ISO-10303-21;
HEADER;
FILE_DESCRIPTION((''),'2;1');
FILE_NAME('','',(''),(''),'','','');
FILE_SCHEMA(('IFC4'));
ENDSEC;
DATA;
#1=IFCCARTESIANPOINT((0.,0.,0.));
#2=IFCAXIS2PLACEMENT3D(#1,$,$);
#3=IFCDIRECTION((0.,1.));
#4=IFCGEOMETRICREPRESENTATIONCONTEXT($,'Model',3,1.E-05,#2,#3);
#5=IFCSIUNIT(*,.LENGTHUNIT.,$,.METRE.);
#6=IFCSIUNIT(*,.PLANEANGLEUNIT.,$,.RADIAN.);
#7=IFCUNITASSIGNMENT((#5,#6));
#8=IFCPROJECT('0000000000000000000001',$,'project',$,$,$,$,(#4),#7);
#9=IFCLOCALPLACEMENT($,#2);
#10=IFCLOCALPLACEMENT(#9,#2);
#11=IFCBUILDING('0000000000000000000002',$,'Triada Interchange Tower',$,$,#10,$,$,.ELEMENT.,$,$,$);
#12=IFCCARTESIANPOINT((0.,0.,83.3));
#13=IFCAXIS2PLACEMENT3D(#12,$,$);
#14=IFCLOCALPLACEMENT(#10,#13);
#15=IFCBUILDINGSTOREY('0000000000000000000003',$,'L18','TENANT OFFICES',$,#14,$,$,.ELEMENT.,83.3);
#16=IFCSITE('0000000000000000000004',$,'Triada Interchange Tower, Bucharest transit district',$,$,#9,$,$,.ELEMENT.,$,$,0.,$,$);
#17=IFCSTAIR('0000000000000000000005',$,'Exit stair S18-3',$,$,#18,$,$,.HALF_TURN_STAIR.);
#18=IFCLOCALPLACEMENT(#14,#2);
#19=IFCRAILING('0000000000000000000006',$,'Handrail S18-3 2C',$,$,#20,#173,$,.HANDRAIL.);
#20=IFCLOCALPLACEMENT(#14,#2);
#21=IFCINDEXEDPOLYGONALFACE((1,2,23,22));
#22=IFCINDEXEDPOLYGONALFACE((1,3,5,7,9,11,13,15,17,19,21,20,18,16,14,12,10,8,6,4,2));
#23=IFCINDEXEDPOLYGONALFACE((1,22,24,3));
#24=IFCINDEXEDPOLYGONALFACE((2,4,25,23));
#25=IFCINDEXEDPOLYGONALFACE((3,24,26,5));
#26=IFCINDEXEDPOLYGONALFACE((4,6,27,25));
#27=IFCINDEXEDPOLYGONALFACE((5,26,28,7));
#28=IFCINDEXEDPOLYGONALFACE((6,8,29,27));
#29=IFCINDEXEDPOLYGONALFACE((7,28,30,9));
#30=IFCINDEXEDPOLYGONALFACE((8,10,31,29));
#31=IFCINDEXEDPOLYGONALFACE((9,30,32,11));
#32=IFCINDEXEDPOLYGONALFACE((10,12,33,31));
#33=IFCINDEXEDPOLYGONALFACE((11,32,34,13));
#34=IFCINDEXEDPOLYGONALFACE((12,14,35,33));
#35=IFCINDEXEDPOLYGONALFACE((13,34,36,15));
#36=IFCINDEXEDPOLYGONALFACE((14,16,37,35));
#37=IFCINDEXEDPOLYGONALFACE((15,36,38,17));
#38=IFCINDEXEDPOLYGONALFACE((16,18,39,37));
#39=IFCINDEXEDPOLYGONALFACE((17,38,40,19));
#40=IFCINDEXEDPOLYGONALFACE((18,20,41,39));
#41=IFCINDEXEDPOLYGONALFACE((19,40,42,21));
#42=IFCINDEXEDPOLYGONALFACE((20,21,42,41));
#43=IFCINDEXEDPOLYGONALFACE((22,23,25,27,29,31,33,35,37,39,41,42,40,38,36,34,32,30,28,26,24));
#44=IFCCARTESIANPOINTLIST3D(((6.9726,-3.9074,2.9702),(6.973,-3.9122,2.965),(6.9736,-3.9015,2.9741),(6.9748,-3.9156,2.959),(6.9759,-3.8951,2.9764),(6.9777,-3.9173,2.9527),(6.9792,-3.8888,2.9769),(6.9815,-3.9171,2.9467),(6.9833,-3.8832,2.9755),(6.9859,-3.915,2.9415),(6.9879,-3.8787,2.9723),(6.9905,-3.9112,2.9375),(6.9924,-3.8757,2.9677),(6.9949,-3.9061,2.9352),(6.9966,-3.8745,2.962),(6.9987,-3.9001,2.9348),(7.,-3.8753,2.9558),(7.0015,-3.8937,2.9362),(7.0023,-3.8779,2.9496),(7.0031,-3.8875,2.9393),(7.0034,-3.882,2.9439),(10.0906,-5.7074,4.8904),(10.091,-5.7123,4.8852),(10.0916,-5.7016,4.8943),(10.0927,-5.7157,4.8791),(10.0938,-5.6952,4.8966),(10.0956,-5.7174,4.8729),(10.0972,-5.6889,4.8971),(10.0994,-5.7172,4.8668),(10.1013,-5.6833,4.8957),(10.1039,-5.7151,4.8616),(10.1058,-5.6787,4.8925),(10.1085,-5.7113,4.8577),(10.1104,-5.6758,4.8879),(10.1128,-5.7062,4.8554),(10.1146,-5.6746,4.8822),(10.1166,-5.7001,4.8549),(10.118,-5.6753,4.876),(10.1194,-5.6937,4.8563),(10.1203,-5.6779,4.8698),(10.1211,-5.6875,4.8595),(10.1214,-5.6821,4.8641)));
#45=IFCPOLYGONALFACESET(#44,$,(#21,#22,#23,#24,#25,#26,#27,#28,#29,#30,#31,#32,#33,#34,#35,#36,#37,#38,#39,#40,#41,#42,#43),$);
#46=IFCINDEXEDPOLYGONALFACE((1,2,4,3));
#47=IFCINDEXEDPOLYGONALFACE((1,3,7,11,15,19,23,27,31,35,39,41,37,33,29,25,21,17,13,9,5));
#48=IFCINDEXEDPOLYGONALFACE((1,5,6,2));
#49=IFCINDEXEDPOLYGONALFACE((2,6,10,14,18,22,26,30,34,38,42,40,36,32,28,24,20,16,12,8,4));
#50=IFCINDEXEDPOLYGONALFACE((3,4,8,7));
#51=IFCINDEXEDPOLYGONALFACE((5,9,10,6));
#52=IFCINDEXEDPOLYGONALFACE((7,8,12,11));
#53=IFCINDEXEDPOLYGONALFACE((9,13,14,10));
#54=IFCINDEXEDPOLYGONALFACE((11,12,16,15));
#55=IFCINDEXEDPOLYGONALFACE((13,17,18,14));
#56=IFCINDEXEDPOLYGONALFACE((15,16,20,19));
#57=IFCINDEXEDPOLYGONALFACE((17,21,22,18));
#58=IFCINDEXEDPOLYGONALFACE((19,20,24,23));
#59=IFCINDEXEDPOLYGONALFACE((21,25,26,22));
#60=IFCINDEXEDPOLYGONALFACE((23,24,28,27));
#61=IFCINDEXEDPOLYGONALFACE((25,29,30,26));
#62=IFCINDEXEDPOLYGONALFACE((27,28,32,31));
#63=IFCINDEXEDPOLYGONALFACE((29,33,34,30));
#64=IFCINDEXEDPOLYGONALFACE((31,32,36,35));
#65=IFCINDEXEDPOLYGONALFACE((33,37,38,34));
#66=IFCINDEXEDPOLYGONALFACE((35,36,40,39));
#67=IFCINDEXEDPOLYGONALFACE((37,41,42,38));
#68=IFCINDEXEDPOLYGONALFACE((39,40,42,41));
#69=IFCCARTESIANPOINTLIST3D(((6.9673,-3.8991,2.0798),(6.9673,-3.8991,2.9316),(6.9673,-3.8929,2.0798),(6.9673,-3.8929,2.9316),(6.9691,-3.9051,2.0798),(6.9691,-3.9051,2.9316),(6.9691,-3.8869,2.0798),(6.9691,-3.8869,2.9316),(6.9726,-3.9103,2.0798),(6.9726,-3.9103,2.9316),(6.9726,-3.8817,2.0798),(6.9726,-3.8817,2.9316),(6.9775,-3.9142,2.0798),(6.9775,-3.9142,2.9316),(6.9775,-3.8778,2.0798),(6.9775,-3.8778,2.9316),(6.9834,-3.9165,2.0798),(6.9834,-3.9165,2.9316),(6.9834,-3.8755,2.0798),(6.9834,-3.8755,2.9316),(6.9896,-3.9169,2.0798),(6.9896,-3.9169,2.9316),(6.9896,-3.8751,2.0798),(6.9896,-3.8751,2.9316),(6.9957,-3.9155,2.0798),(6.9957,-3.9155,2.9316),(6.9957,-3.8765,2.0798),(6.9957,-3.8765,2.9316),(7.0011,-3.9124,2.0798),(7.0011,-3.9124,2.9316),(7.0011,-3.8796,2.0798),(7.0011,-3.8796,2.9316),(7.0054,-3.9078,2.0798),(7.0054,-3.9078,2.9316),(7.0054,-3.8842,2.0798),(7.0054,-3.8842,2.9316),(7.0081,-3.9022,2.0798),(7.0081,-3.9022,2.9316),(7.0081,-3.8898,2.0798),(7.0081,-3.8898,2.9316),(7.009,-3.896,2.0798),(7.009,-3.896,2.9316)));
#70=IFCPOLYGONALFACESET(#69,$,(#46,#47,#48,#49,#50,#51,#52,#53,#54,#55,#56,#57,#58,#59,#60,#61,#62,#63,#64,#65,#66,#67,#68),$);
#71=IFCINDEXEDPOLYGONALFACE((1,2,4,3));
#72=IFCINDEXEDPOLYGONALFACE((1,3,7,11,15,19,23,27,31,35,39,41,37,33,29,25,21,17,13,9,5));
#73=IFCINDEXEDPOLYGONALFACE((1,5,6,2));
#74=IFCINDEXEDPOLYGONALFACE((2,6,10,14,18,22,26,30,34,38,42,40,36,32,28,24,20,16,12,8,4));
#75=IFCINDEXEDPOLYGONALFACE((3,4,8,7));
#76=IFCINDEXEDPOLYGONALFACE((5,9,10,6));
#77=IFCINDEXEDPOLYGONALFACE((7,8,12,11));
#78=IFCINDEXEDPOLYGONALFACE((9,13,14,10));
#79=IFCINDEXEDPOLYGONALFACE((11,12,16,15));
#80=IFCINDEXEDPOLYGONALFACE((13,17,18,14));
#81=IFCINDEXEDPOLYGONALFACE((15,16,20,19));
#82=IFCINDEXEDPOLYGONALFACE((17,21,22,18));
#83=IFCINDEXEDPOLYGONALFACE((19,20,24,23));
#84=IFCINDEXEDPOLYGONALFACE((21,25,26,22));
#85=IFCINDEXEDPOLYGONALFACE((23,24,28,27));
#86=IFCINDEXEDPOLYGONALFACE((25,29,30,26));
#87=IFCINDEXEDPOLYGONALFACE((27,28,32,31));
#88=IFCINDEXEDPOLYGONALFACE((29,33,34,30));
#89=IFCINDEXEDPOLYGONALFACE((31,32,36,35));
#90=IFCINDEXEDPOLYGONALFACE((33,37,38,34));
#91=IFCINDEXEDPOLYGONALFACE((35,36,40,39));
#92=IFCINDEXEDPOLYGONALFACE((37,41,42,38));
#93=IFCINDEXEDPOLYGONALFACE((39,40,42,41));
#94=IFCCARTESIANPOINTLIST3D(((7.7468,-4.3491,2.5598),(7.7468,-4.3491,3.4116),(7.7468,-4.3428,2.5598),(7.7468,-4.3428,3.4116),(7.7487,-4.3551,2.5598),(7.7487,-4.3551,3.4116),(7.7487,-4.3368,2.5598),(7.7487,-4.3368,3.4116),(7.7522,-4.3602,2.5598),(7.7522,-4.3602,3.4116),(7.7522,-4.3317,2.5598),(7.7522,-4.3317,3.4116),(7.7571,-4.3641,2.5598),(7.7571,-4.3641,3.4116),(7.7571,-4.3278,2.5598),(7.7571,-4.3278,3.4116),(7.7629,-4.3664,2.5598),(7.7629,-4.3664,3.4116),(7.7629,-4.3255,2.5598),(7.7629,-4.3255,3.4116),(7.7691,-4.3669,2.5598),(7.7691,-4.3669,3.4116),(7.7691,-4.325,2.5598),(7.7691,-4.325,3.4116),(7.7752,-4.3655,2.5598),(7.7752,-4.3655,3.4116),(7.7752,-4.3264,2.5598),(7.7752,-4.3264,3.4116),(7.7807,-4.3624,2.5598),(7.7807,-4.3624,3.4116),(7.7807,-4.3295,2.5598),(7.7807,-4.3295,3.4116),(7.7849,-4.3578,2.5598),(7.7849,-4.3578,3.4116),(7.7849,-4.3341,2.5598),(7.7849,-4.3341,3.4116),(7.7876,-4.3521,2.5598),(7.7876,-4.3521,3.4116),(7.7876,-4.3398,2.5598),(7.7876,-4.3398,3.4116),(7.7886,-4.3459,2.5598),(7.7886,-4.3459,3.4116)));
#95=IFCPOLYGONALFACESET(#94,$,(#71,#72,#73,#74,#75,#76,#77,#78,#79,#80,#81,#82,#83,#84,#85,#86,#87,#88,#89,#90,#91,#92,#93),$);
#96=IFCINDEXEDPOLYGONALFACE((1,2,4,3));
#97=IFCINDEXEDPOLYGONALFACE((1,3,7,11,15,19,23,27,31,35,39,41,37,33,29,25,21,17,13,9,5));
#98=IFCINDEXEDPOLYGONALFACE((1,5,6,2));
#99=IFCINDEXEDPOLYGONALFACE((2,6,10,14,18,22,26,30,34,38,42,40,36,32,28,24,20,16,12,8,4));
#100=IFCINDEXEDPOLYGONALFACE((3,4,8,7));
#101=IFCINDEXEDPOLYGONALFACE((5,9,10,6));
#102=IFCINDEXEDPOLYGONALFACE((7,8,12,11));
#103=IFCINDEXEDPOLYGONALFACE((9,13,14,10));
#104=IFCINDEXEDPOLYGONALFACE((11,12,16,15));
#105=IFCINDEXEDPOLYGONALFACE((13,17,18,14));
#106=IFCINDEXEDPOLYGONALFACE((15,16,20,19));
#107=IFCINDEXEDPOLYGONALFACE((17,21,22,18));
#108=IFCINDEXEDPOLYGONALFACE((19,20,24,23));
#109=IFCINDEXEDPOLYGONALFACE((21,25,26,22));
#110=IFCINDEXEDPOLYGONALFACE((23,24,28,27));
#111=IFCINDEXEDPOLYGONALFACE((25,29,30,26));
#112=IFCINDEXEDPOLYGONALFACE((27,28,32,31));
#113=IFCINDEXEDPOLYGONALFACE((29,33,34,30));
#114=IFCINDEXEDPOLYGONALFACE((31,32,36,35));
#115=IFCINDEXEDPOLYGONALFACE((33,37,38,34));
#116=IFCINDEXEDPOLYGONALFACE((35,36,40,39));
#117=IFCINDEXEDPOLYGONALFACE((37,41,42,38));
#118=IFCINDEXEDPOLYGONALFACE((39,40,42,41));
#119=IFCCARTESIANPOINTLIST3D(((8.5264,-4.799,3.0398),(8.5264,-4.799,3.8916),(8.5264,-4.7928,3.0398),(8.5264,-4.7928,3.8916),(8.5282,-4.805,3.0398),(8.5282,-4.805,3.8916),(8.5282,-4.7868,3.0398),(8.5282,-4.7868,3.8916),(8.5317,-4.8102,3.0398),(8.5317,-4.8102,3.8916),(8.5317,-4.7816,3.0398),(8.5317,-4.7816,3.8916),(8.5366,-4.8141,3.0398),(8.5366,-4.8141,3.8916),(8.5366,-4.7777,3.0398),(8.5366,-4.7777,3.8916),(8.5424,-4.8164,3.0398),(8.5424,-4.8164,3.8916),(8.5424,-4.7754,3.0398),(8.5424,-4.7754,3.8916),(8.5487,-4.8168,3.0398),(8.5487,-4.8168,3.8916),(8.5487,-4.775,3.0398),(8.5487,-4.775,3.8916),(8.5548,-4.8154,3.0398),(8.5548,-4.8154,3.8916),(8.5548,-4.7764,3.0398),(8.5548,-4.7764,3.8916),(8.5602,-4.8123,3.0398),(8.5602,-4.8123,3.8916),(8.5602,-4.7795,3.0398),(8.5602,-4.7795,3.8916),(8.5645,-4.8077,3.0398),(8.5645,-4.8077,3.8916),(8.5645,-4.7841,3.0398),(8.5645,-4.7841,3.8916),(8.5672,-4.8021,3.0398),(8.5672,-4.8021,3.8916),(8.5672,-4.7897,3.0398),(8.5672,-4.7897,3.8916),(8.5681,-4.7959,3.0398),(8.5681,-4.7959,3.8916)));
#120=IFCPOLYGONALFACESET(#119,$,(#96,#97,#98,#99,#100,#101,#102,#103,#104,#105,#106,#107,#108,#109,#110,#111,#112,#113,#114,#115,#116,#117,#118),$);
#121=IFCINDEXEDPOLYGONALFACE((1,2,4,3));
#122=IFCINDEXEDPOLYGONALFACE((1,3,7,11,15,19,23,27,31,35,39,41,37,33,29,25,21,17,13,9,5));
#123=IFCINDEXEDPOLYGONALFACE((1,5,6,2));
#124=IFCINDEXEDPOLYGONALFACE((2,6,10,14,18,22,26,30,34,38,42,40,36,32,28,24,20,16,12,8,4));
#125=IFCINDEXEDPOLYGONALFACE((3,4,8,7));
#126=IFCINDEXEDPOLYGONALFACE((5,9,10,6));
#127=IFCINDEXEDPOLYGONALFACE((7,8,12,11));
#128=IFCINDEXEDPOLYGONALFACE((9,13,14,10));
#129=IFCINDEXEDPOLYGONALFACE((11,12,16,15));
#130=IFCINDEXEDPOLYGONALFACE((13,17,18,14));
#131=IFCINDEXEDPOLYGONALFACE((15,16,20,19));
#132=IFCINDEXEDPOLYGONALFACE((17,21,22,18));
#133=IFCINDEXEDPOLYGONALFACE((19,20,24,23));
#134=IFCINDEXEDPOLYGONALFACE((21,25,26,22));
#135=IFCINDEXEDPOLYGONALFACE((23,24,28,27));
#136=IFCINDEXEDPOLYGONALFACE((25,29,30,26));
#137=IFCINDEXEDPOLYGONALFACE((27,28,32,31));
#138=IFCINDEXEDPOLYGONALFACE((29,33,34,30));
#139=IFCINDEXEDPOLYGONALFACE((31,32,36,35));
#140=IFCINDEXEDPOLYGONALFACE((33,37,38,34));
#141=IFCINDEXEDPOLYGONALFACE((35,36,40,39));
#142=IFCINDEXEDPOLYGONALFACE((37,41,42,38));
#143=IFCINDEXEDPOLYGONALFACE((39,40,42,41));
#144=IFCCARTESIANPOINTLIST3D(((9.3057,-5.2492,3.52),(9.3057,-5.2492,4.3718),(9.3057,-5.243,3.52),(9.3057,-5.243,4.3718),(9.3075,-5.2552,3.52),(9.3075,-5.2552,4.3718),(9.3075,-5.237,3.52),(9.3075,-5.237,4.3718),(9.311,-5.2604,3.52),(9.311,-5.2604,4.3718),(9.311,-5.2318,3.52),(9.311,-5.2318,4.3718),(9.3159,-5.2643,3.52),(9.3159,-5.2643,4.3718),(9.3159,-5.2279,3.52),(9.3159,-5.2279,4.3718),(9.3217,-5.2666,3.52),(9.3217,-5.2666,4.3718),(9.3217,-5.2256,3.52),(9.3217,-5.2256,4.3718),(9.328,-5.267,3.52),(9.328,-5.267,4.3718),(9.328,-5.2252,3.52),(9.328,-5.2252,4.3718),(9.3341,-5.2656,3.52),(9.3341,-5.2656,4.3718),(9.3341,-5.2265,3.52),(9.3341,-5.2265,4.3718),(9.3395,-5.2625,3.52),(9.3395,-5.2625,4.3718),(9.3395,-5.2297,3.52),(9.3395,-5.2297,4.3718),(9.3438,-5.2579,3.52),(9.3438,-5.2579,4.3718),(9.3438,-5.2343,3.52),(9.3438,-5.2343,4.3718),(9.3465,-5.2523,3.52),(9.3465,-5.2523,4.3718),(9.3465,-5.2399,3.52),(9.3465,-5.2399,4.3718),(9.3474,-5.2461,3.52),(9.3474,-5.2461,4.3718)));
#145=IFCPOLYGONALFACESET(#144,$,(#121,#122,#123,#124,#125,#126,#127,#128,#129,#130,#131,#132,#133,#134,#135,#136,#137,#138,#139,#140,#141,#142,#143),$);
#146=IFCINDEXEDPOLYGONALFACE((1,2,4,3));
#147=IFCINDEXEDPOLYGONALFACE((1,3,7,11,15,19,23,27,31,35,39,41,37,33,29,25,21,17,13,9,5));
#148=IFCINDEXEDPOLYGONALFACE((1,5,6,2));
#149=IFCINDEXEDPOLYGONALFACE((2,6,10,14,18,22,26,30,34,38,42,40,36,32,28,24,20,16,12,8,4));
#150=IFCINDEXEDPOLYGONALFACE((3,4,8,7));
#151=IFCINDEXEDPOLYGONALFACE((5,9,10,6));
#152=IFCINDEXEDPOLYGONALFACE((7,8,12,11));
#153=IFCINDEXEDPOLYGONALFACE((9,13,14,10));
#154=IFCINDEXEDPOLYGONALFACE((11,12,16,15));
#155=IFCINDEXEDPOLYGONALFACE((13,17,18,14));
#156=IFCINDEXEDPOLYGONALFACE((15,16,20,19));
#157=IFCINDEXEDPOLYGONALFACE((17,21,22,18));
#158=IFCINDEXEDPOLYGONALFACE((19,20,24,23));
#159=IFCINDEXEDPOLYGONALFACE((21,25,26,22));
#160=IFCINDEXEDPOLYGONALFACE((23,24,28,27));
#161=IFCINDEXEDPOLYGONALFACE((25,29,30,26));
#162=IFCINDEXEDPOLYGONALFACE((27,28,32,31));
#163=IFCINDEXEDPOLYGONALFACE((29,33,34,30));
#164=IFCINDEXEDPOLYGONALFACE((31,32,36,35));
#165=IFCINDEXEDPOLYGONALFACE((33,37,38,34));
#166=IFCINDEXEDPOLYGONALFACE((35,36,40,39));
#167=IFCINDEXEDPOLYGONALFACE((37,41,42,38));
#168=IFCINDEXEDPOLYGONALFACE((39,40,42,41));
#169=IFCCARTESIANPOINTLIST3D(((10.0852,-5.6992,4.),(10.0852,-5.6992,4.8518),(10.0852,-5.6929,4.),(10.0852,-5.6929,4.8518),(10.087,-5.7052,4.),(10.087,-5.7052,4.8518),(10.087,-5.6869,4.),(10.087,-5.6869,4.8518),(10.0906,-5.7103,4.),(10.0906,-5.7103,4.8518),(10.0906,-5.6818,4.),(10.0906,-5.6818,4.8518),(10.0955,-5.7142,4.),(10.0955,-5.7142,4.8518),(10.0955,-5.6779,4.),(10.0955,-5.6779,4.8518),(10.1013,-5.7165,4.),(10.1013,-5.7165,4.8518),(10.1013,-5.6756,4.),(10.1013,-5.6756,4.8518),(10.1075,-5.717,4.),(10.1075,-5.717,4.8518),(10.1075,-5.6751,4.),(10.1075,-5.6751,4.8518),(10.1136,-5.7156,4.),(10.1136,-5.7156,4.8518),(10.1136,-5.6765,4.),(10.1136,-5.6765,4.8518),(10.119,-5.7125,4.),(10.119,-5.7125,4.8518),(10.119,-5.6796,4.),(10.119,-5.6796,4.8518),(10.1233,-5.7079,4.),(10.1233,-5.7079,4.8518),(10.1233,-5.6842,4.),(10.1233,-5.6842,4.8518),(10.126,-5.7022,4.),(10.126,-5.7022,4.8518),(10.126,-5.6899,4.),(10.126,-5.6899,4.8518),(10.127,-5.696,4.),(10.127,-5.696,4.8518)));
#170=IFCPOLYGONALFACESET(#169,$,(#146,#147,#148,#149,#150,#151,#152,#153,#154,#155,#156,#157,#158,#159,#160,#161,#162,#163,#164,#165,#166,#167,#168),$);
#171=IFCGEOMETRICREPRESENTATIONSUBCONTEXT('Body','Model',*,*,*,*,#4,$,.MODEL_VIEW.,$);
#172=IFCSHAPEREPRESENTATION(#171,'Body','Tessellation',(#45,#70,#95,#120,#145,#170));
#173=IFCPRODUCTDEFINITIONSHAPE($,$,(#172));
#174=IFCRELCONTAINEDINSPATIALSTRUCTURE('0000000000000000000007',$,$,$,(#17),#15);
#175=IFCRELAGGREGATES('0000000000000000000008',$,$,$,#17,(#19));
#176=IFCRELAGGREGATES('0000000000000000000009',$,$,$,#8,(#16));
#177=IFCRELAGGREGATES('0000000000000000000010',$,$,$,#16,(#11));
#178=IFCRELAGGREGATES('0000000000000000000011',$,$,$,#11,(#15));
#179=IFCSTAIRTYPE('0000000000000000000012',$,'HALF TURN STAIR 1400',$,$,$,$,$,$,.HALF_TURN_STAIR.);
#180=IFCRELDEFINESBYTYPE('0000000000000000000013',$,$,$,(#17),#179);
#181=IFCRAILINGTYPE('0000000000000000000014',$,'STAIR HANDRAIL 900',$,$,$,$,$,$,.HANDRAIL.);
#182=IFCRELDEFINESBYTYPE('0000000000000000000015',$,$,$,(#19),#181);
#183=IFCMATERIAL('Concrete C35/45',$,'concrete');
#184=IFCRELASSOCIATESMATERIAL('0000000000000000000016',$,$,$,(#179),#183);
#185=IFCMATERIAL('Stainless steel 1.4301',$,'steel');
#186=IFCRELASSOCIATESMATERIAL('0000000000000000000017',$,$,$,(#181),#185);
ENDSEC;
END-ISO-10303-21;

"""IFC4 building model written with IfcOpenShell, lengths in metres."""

from ifc_helpers import new_model, si_unit, direction, frame, origin, origin_2d, place, context, subcontext, project, spatial, circle, extrude, material, type_object, element, aggregate, save


model = new_model("IFC4")

# Units and contexts
model_context = context("Model", 3, precision=1e-05, world=origin(), true_north=direction((0.0, 1.0)))
body_context = subcontext(model_context, "Body", "Model", "MODEL_VIEW")
ifc_project = project(units=[si_unit("LENGTHUNIT", "METRE"), si_unit("PLANEANGLEUNIT", "RADIAN")], contexts=[model_context])

# Site, building, storey
site_placement = place(None, origin())
site = spatial("IfcSite", under=ifc_project, at=site_placement, Name="Triada Interchange Tower, Bucharest transit district", CompositionType="ELEMENT", RefElevation=0.0)
building_placement = place(site_placement, origin())
building = spatial("IfcBuilding", under=site, at=building_placement, Name="Triada Interchange Tower", CompositionType="ELEMENT")
storey_placement = place(building_placement, frame((0.0, 0.0, 83.3)))
storey = spatial("IfcBuildingStorey", under=building, at=storey_placement, Name="L18", Description="TENANT OFFICES", CompositionType="ELEMENT", Elevation=83.3)

# Stair
ifc_material_1 = material(Name="Concrete C35/45", Category="concrete")
stair_type = type_object("IfcStairType", Name="HALF TURN STAIR 1400", PredefinedType="HALF_TURN_STAIR", material=ifc_material_1)
stair_placement = place(storey_placement, origin())
stair = element("IfcStair", 1, at=stair_placement, inside=storey, type_object=stair_type, Name="Exit stair S18-3", PredefinedType="HALF_TURN_STAIR")

# Railing
ifc_material_2 = material(Name="Stainless steel 1.4301", Category="steel")
railing_type = type_object("IfcRailingType", Name="STAIR HANDRAIL 900", PredefinedType="HANDRAIL", material=ifc_material_2)
railing_1_placement = place(storey_placement, frame((6.988, -3.896, 2.0798)))
railing_1 = element("IfcRailing", 2, at=railing_1_placement, type_object=railing_type, Name="Handrail S18-3 2C", PredefinedType="HANDRAIL", context=body_context, shape_type="SweptSolid", body=[
    extrude(circle(Radius=0.0239, at=origin_2d()), frame((0.0, 0.0, 0.876), z_axis=(0.764145, -0.441159, 0.470597), x_axis=(0.499983, 0.866035, 0.0)), (0.0, 0.0, 1.0), 4.0803),
    extrude(circle(Radius=0.021, at=origin_2d()), origin(), (0.0, 0.0, 1.0), 0.8518),
    extrude(circle(Radius=0.021, at=origin_2d()), frame((0.7795, -0.45, 0.48)), (0.0, 0.0, 1.0), 0.8518),
    extrude(circle(Radius=0.021, at=origin_2d()), frame((1.5591, -0.8999, 0.96)), (0.0, 0.0, 1.0), 0.8518),
    extrude(circle(Radius=0.021, at=origin_2d()), frame((2.3384, -1.3501, 1.4402)), (0.0, 0.0, 1.0), 0.8518),
    extrude(circle(Radius=0.021, at=origin_2d()), frame((3.1179, -1.8, 1.9202)), (0.0, 0.0, 1.0), 0.8518),
])
aggregate(stair, [railing_1])

save(model, "model.ifc")
